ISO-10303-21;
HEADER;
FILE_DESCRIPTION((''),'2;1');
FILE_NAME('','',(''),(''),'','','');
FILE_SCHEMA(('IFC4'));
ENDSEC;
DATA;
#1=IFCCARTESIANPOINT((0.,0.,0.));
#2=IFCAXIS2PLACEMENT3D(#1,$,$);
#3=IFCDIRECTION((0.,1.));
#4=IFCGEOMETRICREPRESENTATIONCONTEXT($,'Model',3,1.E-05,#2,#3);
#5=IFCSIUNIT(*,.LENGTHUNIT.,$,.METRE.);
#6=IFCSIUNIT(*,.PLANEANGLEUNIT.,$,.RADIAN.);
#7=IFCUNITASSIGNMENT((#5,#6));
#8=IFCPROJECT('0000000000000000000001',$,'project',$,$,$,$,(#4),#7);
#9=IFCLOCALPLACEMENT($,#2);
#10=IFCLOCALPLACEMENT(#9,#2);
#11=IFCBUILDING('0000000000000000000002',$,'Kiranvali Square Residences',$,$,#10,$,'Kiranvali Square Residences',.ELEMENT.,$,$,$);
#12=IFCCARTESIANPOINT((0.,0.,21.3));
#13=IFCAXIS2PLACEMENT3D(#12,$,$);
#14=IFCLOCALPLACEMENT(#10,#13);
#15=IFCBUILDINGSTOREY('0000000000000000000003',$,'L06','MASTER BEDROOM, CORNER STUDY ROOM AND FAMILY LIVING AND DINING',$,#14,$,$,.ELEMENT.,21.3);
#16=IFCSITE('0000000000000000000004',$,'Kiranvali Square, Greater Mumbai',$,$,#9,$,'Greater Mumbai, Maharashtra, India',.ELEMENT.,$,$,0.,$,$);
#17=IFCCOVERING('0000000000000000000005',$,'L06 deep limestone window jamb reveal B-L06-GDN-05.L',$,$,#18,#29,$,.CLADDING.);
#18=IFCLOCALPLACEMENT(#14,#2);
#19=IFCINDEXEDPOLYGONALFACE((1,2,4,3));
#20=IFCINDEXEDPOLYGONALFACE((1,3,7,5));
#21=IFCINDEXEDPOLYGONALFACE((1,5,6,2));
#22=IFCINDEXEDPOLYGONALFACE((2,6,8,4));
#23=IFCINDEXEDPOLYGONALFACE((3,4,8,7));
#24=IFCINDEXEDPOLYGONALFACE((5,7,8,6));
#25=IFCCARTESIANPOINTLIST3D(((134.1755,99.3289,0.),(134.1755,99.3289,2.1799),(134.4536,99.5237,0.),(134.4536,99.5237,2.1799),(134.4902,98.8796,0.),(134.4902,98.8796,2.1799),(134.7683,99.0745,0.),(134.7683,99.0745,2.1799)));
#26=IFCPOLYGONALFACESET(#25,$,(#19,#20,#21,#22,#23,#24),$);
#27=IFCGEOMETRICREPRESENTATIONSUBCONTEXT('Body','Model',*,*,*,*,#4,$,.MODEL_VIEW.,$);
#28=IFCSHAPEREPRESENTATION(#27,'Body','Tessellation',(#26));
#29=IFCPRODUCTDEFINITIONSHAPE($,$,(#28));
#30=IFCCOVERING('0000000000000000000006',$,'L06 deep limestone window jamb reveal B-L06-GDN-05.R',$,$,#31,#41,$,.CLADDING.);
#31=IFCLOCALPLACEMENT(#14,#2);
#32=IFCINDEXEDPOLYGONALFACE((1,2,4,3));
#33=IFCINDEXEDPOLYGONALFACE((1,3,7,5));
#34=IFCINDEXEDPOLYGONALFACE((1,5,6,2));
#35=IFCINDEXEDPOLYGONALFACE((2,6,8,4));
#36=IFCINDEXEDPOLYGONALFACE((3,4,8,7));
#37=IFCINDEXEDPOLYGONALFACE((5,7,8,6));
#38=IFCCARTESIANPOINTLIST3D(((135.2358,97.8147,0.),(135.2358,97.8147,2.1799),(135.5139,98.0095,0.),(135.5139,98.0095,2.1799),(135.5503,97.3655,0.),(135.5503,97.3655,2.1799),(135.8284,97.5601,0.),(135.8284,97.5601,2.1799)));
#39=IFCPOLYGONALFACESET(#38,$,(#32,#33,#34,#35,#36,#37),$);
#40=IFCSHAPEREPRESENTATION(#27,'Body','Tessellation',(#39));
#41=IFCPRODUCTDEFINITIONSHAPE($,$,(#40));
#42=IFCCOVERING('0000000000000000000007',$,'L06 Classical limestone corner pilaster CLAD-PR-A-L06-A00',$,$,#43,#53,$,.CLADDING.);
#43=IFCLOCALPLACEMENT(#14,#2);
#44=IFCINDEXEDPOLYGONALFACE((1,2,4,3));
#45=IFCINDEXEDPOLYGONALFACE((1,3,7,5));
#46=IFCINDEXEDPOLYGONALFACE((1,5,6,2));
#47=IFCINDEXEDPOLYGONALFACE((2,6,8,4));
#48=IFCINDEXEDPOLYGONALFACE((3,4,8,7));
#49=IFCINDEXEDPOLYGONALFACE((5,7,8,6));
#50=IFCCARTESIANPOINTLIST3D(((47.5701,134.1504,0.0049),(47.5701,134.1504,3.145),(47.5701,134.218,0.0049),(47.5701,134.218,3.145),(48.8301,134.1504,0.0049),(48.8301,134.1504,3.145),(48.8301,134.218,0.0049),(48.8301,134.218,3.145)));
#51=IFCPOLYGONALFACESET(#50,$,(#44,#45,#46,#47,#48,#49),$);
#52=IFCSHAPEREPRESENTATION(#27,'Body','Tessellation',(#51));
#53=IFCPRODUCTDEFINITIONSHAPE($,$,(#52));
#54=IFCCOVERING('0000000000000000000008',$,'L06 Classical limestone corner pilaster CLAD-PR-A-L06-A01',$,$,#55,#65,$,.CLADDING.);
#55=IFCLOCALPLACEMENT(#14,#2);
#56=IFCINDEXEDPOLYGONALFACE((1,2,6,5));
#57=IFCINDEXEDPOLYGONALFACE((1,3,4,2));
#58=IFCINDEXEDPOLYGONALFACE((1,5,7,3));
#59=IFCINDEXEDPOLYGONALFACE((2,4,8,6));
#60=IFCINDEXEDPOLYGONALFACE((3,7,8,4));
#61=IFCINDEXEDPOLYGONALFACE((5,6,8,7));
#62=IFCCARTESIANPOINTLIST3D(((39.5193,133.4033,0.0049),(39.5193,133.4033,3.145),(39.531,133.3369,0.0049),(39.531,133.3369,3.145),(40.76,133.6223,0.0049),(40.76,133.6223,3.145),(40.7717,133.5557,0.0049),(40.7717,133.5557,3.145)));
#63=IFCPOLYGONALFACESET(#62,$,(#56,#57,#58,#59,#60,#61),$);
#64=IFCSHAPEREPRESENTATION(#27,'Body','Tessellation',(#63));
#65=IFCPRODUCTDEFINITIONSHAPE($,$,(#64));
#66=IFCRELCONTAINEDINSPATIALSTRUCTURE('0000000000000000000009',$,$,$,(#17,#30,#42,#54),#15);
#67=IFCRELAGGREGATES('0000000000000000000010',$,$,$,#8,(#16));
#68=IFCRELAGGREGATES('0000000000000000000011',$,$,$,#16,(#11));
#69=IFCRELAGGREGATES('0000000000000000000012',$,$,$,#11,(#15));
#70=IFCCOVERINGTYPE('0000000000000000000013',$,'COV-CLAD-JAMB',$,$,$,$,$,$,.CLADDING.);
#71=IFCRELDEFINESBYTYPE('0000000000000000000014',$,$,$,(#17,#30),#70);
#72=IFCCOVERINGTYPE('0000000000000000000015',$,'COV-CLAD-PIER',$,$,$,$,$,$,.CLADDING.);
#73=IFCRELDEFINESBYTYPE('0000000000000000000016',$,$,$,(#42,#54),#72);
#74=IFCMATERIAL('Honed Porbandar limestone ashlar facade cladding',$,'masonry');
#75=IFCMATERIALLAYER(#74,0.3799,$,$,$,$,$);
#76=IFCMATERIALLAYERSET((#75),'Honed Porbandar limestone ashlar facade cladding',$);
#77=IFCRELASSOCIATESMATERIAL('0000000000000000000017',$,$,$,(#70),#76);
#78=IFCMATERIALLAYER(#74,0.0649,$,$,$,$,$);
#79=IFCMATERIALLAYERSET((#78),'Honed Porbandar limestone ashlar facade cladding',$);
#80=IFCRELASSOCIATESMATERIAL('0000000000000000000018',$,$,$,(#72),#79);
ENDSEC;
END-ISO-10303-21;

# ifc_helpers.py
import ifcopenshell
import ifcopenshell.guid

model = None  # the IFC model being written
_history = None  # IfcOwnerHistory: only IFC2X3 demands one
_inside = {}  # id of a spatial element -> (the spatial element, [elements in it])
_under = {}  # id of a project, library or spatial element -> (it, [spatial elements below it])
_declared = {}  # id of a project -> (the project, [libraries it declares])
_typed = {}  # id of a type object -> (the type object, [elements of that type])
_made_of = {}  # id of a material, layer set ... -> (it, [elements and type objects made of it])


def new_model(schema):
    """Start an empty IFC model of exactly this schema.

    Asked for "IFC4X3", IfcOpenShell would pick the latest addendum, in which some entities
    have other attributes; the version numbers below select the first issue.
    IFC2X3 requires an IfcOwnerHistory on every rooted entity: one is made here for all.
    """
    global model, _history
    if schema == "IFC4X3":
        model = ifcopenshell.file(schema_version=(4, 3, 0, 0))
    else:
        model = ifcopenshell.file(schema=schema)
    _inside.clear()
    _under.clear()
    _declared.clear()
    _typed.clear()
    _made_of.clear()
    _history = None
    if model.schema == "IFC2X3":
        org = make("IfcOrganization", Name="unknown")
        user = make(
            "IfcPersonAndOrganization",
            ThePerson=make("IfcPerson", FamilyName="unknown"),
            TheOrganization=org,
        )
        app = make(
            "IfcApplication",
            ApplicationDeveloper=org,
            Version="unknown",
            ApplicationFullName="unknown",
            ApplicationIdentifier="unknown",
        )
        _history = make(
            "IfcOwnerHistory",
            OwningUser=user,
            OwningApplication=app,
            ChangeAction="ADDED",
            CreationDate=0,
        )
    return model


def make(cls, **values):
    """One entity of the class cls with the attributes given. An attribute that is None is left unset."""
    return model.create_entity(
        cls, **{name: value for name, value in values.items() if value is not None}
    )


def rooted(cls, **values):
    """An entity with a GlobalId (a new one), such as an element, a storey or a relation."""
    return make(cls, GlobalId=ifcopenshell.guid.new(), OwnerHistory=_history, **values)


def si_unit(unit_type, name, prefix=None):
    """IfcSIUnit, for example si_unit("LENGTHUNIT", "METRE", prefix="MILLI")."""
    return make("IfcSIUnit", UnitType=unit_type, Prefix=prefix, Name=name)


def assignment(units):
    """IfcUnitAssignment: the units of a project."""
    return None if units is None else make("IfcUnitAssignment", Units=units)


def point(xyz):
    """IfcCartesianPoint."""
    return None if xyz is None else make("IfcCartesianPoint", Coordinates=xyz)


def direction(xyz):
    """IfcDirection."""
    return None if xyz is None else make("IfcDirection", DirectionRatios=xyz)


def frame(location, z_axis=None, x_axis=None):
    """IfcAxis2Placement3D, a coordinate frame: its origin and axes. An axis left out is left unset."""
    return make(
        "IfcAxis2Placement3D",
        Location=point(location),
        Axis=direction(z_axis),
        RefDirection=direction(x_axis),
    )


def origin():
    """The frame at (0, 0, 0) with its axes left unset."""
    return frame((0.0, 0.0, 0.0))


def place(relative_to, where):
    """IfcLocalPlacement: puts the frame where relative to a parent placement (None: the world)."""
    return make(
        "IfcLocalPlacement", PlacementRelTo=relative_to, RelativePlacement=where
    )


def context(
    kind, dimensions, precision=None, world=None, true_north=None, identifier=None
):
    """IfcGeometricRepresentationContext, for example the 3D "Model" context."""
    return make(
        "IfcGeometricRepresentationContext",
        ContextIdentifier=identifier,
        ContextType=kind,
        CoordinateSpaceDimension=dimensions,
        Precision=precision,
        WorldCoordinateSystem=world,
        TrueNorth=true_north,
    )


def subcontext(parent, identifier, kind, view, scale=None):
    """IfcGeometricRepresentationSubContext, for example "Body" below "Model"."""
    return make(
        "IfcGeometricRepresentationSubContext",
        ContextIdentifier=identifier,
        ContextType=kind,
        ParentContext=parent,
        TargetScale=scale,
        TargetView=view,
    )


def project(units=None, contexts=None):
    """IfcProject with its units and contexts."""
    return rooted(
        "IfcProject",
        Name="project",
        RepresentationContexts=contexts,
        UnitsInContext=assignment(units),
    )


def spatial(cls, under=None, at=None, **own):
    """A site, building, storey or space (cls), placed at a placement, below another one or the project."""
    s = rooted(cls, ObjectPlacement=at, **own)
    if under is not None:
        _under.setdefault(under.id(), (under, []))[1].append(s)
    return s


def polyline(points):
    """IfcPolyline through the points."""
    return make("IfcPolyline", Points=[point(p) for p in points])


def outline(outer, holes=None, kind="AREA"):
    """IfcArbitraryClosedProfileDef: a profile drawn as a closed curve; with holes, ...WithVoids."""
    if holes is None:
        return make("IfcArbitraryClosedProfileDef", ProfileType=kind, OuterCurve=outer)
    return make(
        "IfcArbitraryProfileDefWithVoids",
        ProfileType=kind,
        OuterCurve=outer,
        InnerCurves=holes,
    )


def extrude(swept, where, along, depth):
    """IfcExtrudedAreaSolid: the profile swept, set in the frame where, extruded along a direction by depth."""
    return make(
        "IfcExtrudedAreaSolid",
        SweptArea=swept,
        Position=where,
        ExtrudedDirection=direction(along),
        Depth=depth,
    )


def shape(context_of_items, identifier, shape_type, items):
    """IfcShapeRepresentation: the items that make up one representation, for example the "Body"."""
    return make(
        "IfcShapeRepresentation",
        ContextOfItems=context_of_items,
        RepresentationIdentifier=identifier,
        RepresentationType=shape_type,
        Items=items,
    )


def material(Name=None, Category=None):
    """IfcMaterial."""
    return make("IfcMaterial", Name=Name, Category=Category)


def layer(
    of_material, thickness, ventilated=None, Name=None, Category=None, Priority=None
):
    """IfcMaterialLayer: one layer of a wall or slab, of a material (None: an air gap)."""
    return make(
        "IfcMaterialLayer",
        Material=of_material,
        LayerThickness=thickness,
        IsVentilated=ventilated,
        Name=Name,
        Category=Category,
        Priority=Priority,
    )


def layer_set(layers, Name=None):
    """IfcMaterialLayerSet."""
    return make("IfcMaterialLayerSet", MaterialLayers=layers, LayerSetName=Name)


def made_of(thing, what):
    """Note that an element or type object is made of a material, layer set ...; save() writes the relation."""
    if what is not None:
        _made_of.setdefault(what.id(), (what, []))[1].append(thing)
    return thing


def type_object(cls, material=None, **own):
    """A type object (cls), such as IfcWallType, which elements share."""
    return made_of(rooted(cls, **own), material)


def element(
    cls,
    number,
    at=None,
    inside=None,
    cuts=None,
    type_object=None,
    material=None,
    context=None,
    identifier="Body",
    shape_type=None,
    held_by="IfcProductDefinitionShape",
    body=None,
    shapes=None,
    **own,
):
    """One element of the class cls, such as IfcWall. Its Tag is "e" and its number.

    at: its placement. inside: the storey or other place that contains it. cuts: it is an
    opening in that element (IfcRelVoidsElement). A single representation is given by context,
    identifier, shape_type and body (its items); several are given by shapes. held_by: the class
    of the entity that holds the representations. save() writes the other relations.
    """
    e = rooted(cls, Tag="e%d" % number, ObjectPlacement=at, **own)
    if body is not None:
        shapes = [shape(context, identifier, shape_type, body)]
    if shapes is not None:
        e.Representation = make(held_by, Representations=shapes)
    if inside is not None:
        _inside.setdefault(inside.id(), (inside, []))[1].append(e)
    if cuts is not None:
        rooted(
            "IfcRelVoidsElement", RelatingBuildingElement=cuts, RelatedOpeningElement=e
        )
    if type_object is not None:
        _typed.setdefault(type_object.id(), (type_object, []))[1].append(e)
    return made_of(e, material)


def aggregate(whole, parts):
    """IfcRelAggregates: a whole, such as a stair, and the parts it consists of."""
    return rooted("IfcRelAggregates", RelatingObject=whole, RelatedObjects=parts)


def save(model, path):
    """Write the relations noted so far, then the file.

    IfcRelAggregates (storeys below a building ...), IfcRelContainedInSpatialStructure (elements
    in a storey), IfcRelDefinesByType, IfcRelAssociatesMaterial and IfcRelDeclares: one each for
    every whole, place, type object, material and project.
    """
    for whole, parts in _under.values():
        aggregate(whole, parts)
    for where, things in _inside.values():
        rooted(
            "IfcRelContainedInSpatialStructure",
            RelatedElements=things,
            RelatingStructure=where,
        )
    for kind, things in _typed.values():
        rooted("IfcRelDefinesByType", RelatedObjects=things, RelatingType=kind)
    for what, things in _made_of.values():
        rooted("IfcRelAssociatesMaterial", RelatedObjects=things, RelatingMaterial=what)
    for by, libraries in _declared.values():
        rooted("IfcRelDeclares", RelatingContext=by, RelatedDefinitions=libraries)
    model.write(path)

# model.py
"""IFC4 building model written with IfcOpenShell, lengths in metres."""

from ifc_helpers import new_model, si_unit, direction, frame, origin, place, context, subcontext, project, spatial, polyline, outline, extrude, material, layer, layer_set, type_object, element, save


model = new_model("IFC4")

# Units and contexts
model_context = context("Model", 3, precision=1e-05, world=origin(), true_north=direction((0.0, 1.0)))
body_context = subcontext(model_context, "Body", "Model", "MODEL_VIEW")
ifc_project = project(units=[si_unit("LENGTHUNIT", "METRE"), si_unit("PLANEANGLEUNIT", "RADIAN")], contexts=[model_context])

# Site, building, storey
site_placement = place(None, origin())
site = spatial("IfcSite", under=ifc_project, at=site_placement, Name="Kiranvali Square, Greater Mumbai", LongName="Greater Mumbai, Maharashtra, India", CompositionType="ELEMENT", RefElevation=0.0)
building_placement = place(site_placement, origin())
building = spatial("IfcBuilding", under=site, at=building_placement, Name="Kiranvali Square Residences", LongName="Kiranvali Square Residences", CompositionType="ELEMENT")
storey_placement = place(building_placement, frame((0.0, 0.0, 21.3)))
storey = spatial("IfcBuildingStorey", under=building, at=storey_placement, Name="L06", Description="MASTER BEDROOM, CORNER STUDY ROOM AND FAMILY LIVING AND DINING", CompositionType="ELEMENT", Elevation=21.3)

# Coverings
ifc_material_1 = material(Name="Honed Porbandar limestone ashlar facade cladding", Category="masonry")
ifc_layer_1 = layer(ifc_material_1, 0.3799)
ifc_layer_set_1 = layer_set([ifc_layer_1], Name="Honed Porbandar limestone ashlar facade cladding")
covering_type_1 = type_object("IfcCoveringType", Name="COV-CLAD-JAMB", PredefinedType="CLADDING", material=ifc_layer_set_1)
covering_1_placement = place(storey_placement, origin())
element("IfcCovering", 1, at=covering_1_placement, inside=storey, type_object=covering_type_1, Name="L06 deep limestone window jamb reveal B-L06-GDN-05.L", PredefinedType="CLADDING", context=body_context, shape_type="SweptSolid", body=[
    extrude(outline(polyline([(134.1755, 99.3289), (134.4902, 98.8796), (134.7683, 99.0745), (134.4536, 99.5237), (134.1755, 99.3289)])), origin(), (0.0, 0.0, 1.0), 2.1799),
])
covering_2_placement = place(storey_placement, origin())
element("IfcCovering", 2, at=covering_2_placement, inside=storey, type_object=covering_type_1, Name="L06 deep limestone window jamb reveal B-L06-GDN-05.R", PredefinedType="CLADDING", context=body_context, shape_type="SweptSolid", body=[
    extrude(outline(polyline([(135.2358, 97.8147), (135.5503, 97.3655), (135.8284, 97.5601), (135.5139, 98.0095), (135.2358, 97.8147)])), origin(), (0.0, 0.0, 1.0), 2.1799),
])
ifc_layer_2 = layer(ifc_material_1, 0.0649)
ifc_layer_set_2 = layer_set([ifc_layer_2], Name="Honed Porbandar limestone ashlar facade cladding")
covering_type_2 = type_object("IfcCoveringType", Name="COV-CLAD-PIER", PredefinedType="CLADDING", material=ifc_layer_set_2)
covering_3_placement = place(storey_placement, frame((0.0, 0.0, 0.0049)))
element("IfcCovering", 3, at=covering_3_placement, inside=storey, type_object=covering_type_2, Name="L06 Classical limestone corner pilaster CLAD-PR-A-L06-A00", PredefinedType="CLADDING", context=body_context, shape_type="SweptSolid", body=[
    extrude(outline(polyline([(48.8301, 134.218), (47.5701, 134.218), (47.5701, 134.1504), (48.8301, 134.1504), (48.8301, 134.218)])), origin(), (0.0, 0.0, 1.0), 3.1401),
])
covering_4_placement = place(storey_placement, frame((0.0, 0.0, 0.0049)))
element("IfcCovering", 4, at=covering_4_placement, inside=storey, type_object=covering_type_2, Name="L06 Classical limestone corner pilaster CLAD-PR-A-L06-A01", PredefinedType="CLADDING", context=body_context, shape_type="SweptSolid", body=[
    extrude(outline(polyline([(40.76, 133.6223), (39.5193, 133.4033), (39.531, 133.3369), (40.7717, 133.5557), (40.76, 133.6223)])), origin(), (0.0, 0.0, 1.0), 3.1401),
])

save(model, "model.ifc")
